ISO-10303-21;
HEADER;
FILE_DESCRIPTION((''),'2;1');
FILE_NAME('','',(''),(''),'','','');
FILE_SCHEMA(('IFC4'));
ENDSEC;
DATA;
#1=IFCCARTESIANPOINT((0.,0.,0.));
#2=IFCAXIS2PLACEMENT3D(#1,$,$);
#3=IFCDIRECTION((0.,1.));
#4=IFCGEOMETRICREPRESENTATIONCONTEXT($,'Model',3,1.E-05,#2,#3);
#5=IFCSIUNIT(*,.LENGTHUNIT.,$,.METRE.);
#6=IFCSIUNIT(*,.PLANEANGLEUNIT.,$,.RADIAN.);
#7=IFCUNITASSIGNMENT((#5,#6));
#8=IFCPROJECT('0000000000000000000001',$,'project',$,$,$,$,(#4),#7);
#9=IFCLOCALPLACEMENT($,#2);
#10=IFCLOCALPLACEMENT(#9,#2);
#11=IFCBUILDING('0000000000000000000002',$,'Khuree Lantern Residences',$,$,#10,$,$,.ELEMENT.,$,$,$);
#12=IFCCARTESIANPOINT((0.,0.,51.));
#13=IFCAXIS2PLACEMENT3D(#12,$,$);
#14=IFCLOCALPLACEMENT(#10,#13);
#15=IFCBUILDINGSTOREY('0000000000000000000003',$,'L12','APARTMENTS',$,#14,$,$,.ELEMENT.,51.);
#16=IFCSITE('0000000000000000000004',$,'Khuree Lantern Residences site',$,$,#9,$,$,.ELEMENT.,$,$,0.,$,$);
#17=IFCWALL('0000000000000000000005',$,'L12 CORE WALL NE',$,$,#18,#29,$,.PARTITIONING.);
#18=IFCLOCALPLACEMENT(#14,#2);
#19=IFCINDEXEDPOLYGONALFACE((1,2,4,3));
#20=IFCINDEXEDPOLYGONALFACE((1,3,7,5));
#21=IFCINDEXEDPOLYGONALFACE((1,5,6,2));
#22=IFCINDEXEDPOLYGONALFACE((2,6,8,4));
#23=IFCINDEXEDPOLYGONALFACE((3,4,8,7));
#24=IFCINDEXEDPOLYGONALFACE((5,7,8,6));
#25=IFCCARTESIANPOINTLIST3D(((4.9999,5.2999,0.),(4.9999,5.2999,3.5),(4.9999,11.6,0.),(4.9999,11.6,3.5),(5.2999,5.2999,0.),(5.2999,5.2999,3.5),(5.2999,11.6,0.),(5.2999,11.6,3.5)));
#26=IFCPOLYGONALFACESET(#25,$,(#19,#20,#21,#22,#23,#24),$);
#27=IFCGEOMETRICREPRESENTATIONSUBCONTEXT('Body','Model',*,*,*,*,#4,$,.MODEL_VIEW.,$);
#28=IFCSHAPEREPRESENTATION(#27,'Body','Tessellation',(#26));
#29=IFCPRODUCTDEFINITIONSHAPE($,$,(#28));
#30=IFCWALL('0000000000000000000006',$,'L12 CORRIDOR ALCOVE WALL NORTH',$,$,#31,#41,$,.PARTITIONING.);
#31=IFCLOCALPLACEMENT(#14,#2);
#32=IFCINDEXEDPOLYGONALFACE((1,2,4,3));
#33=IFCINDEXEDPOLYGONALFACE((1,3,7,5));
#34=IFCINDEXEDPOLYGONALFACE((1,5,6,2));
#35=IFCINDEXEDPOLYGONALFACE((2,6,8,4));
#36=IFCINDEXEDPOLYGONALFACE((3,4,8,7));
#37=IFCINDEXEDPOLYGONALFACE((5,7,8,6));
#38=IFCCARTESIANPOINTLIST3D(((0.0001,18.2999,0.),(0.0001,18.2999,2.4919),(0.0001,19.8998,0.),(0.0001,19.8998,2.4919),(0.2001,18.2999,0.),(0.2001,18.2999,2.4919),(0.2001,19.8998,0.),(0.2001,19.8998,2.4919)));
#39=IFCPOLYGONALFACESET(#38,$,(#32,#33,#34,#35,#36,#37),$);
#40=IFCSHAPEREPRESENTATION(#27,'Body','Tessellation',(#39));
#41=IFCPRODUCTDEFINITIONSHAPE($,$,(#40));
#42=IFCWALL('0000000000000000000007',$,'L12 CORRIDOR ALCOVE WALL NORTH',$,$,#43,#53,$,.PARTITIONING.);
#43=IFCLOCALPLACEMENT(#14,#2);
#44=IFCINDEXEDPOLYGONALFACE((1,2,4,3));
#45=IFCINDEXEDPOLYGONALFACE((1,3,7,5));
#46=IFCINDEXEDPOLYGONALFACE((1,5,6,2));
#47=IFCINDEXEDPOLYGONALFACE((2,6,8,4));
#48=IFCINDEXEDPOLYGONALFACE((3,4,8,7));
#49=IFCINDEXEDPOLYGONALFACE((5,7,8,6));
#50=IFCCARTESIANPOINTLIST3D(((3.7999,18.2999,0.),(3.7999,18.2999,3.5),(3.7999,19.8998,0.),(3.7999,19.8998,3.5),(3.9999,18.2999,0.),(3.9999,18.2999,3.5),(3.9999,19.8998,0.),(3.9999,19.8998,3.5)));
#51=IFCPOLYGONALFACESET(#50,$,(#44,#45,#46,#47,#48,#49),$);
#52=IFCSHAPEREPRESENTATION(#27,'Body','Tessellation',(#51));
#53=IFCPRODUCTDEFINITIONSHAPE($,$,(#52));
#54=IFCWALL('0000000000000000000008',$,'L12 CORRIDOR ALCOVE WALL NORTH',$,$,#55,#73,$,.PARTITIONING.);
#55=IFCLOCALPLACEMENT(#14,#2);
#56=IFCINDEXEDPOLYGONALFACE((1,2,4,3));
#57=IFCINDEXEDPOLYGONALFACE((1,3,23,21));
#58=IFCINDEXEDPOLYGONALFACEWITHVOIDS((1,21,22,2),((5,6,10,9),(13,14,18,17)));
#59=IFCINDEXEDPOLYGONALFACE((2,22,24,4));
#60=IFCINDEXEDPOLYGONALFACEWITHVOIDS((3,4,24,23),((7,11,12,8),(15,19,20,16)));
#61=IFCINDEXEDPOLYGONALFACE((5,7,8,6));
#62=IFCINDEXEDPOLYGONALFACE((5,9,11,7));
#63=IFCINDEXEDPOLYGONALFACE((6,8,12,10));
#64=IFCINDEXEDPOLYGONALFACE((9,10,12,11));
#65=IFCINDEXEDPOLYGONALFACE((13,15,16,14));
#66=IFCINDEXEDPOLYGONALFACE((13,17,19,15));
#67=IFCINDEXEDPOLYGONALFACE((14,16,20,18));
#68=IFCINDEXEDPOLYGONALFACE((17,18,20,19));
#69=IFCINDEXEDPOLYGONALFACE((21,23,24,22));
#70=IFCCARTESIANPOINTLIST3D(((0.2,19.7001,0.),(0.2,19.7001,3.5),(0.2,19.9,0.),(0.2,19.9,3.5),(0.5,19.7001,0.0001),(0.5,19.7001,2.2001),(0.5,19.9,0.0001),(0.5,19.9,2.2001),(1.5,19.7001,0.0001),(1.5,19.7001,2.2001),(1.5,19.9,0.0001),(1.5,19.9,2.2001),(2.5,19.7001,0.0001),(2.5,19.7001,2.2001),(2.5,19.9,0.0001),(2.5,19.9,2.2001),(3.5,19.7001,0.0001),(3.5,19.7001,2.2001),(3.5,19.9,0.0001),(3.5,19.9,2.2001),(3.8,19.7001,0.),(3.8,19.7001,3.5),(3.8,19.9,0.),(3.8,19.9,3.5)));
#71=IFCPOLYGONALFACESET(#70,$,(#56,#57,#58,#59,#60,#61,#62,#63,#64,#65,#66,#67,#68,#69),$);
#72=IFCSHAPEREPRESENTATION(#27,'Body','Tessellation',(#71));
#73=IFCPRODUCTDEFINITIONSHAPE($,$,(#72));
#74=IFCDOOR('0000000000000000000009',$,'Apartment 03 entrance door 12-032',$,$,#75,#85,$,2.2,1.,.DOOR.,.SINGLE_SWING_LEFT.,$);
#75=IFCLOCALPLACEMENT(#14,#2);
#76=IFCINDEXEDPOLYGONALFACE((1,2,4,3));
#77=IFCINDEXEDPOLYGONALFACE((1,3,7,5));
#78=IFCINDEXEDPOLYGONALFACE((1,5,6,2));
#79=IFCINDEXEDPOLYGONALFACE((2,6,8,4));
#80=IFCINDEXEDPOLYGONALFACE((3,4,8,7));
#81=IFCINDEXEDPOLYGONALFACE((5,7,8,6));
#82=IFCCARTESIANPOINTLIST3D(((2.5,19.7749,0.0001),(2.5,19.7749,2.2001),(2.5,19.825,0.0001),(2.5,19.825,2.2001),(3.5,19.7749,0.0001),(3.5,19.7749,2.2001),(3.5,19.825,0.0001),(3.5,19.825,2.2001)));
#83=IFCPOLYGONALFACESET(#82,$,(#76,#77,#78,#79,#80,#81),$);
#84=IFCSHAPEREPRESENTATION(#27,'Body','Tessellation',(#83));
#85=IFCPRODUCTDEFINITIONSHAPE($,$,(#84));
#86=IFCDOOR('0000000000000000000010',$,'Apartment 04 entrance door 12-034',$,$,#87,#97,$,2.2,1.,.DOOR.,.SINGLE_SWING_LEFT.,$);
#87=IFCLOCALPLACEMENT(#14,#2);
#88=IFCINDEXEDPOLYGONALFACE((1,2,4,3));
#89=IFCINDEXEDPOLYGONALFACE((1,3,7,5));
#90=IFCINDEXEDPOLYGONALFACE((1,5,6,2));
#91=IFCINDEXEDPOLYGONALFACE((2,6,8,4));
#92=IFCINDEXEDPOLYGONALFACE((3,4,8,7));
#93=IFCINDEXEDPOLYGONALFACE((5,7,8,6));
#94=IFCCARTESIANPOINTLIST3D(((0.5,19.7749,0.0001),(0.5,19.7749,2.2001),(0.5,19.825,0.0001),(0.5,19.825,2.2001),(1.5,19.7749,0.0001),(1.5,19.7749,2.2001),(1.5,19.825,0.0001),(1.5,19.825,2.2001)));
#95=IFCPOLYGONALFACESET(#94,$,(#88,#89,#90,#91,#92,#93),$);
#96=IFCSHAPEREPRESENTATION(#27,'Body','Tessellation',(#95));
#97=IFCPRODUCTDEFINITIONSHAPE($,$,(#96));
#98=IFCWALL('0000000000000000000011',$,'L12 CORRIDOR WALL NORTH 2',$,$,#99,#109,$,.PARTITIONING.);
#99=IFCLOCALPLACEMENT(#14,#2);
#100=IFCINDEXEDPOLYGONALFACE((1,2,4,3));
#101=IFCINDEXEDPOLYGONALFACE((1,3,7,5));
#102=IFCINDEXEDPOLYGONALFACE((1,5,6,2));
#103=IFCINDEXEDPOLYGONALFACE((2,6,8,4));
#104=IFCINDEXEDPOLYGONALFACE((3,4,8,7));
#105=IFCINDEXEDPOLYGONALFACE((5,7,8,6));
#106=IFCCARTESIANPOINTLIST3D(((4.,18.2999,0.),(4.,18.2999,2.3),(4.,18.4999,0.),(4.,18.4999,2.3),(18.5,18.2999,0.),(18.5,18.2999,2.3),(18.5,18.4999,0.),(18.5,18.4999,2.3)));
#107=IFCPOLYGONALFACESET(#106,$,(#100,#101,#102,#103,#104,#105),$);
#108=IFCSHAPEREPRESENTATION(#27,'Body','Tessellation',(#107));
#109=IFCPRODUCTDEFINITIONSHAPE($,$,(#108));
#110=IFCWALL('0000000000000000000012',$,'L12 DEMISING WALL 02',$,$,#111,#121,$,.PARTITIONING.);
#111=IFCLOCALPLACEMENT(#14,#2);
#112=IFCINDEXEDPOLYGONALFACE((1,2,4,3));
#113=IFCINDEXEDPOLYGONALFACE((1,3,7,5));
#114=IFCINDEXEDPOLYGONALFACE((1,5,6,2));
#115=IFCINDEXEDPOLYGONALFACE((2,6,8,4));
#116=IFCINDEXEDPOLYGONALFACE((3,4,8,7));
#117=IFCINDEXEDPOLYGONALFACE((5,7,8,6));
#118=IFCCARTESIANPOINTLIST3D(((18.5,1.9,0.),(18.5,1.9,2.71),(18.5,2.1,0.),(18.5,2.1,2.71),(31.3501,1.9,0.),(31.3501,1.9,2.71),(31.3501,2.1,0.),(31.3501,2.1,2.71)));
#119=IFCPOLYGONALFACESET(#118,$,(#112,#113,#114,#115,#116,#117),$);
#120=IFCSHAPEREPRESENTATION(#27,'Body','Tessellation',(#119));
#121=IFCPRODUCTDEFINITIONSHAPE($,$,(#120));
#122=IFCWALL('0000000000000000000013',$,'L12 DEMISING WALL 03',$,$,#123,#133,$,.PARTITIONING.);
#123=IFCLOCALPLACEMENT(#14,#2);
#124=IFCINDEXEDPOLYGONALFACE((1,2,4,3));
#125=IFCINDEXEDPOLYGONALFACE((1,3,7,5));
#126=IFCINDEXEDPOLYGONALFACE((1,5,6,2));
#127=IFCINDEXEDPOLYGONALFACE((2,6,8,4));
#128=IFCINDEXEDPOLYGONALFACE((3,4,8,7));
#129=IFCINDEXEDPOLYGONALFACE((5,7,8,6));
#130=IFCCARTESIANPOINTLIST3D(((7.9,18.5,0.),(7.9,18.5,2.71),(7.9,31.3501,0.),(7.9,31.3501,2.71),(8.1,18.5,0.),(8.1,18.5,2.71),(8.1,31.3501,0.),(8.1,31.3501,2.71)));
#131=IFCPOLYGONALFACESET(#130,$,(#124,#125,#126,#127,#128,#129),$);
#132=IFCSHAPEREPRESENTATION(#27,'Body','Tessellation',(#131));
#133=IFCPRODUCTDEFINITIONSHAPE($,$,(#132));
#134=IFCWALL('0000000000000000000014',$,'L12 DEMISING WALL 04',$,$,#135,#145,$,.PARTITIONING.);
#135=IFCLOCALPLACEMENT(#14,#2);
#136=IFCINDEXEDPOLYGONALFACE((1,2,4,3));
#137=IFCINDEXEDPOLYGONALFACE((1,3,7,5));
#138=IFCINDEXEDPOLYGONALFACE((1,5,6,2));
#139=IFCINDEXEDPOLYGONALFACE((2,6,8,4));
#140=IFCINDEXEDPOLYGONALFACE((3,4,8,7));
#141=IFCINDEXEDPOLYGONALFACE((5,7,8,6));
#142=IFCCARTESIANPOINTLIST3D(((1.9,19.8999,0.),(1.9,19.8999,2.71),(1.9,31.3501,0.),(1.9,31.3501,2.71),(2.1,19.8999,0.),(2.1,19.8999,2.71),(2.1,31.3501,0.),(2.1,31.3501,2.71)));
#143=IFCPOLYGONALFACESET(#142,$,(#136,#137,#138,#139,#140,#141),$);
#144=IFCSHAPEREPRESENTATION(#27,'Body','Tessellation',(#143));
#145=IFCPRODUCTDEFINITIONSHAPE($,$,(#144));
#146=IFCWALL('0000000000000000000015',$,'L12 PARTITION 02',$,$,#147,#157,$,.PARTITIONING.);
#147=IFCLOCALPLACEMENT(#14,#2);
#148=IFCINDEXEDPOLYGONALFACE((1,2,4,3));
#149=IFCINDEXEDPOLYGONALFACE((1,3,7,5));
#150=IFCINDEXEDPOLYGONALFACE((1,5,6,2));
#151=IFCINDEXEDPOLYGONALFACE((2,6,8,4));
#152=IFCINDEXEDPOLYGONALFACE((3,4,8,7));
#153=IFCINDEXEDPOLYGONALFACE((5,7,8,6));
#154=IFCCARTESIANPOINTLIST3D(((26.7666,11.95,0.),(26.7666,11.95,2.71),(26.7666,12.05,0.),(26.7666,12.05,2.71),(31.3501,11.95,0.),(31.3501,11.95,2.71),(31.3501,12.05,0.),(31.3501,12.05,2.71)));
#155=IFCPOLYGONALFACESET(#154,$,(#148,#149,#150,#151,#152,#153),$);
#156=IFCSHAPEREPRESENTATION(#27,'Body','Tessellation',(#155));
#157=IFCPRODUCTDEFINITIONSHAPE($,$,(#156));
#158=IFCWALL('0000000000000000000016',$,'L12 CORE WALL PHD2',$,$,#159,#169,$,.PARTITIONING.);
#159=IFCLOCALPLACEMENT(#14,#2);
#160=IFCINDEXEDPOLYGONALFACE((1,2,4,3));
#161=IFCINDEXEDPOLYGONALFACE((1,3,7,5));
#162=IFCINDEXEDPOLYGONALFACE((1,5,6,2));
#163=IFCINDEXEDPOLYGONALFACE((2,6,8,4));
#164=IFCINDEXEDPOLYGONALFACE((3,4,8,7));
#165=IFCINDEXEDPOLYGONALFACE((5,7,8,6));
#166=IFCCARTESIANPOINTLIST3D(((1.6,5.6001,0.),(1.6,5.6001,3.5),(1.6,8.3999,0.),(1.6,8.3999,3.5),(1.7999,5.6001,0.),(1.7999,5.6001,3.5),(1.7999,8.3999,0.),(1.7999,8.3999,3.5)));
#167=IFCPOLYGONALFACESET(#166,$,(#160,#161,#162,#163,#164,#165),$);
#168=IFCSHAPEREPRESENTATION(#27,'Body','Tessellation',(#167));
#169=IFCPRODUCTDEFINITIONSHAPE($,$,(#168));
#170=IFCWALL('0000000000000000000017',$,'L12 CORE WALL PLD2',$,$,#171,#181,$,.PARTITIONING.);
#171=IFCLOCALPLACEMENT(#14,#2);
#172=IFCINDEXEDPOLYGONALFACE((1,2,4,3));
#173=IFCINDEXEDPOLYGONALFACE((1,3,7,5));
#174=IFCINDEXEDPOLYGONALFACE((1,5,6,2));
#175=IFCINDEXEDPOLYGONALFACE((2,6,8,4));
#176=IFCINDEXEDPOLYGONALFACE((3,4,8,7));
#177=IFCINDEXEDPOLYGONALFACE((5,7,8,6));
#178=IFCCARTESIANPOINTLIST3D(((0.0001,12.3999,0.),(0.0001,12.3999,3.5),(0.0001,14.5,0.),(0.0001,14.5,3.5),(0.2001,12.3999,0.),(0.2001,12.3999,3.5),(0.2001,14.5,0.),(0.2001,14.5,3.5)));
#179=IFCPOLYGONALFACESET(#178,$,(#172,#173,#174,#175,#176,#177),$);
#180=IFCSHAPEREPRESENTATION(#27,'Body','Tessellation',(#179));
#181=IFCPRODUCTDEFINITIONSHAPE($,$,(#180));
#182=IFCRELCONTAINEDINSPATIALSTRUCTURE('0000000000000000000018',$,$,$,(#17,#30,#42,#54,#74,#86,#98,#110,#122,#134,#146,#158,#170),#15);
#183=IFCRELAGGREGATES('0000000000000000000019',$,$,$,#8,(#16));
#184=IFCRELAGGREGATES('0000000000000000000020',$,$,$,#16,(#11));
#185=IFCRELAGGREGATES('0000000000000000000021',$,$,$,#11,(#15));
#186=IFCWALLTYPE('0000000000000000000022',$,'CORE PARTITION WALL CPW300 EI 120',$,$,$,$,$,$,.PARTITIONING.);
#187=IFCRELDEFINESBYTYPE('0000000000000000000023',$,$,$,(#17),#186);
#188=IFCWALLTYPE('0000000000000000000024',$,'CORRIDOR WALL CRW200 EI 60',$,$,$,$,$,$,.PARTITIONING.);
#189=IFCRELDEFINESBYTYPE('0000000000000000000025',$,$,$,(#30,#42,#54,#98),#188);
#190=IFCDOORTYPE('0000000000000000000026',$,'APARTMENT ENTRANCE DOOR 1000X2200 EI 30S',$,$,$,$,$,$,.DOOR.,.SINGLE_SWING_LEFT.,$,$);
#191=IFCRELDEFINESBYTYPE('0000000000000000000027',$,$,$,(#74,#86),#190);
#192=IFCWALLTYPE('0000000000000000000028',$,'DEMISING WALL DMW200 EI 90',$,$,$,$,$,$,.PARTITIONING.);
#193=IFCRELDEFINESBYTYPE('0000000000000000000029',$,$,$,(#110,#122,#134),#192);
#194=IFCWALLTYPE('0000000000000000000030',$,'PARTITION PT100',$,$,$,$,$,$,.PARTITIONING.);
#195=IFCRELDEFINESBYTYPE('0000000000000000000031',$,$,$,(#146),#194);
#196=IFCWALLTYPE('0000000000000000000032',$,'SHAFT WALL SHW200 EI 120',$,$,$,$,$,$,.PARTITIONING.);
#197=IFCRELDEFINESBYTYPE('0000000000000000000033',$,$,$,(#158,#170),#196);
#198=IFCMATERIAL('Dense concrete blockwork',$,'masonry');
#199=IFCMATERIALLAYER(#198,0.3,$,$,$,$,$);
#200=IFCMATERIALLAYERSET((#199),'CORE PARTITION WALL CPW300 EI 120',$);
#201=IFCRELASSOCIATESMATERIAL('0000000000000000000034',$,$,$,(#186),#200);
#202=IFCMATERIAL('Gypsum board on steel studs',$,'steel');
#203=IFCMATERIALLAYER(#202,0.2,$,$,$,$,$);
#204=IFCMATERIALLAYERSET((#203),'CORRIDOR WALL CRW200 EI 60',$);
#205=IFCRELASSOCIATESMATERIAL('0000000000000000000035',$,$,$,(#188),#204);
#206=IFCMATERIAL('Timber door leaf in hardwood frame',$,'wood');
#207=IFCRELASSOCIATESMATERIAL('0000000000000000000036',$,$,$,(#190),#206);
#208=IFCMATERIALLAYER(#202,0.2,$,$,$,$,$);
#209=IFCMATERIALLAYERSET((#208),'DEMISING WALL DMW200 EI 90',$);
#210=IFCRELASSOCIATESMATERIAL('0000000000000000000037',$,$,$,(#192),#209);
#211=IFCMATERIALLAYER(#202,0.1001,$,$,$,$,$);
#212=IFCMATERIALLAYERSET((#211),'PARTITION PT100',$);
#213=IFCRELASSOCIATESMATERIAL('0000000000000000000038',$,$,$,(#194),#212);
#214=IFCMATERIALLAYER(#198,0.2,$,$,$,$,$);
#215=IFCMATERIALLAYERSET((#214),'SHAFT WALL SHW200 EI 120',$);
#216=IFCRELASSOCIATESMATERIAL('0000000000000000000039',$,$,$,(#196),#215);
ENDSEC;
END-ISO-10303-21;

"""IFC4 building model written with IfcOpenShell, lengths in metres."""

from ifc_helpers import new_model, si_unit, direction, frame, frame_2d, origin, place, context, subcontext, project, spatial, rectangle, extrude, material, layer, layer_set, type_object, element, fill, save


model = new_model("IFC4")

# Units and contexts
model_context = context("Model", 3, precision=1e-05, world=origin(), true_north=direction((0.0, 1.0)))
body_context = subcontext(model_context, "Body", "Model", "MODEL_VIEW")
ifc_project = project(units=[si_unit("LENGTHUNIT", "METRE"), si_unit("PLANEANGLEUNIT", "RADIAN")], contexts=[model_context])

# Site, building, storey
site_placement = place(None, origin())
site = spatial("IfcSite", under=ifc_project, at=site_placement, Name="Khuree Lantern Residences site", CompositionType="ELEMENT", RefElevation=0.0)
building_placement = place(site_placement, origin())
building = spatial("IfcBuilding", under=site, at=building_placement, Name="Khuree Lantern Residences", CompositionType="ELEMENT")
storey_placement = place(building_placement, frame((0.0, 0.0, 51.0)))
storey = spatial("IfcBuildingStorey", under=building, at=storey_placement, Name="L12", Description="APARTMENTS", CompositionType="ELEMENT", Elevation=51.0)

# Shared definitions
ifc_material_1 = material(Name="Timber door leaf in hardwood frame", Category="wood")

# Walls
ifc_material_2 = material(Name="Dense concrete blockwork", Category="masonry")
ifc_layer_1 = layer(ifc_material_2, 0.3)
ifc_layer_set_1 = layer_set([ifc_layer_1], Name="CORE PARTITION WALL CPW300 EI 120")
wall_type_1 = type_object("IfcWallType", Name="CORE PARTITION WALL CPW300 EI 120", PredefinedType="PARTITIONING", material=ifc_layer_set_1)
wall_1_placement = place(storey_placement, frame((5.1499, 5.3, 0.0), z_axis=(0.0, 0.0, 1.0), x_axis=(0.0, 1.0, 0.0)))
element("IfcWall", 1, at=wall_1_placement, inside=storey, type_object=wall_type_1, Name="L12 CORE WALL NE", PredefinedType="PARTITIONING", context=body_context, shape_type="SweptSolid", body=[
    extrude(rectangle(XDim=6.3, YDim=0.3, at=frame_2d((3.1499, 0.0))), origin(), (0.0, 0.0, 1.0), 3.5),
])
ifc_material_3 = material(Name="Gypsum board on steel studs", Category="steel")
ifc_layer_2 = layer(ifc_material_3, 0.2)
ifc_layer_set_2 = layer_set([ifc_layer_2], Name="CORRIDOR WALL CRW200 EI 60")
wall_type_2 = type_object("IfcWallType", Name="CORRIDOR WALL CRW200 EI 60", PredefinedType="PARTITIONING", material=ifc_layer_set_2)
wall_2_placement = place(storey_placement, frame((0.1001, 18.3, 0.0), z_axis=(0.0, 0.0, 1.0), x_axis=(0.0, 1.0, 0.0)))
element("IfcWall", 2, at=wall_2_placement, inside=storey, type_object=wall_type_2, Name="L12 CORRIDOR ALCOVE WALL NORTH", PredefinedType="PARTITIONING", context=body_context, shape_type="SweptSolid", body=[
    extrude(rectangle(XDim=1.5999, YDim=0.2, at=frame_2d((0.7998, 0.0))), origin(), (0.0, 0.0, 1.0), 2.4919),
])
wall_3_placement = place(storey_placement, frame((3.8999, 18.3, 0.0), z_axis=(0.0, 0.0, 1.0), x_axis=(0.0, 1.0, 0.0)))
element("IfcWall", 3, at=wall_3_placement, inside=storey, type_object=wall_type_2, Name="L12 CORRIDOR ALCOVE WALL NORTH", PredefinedType="PARTITIONING", context=body_context, shape_type="SweptSolid", body=[
    extrude(rectangle(XDim=1.5999, YDim=0.2, at=frame_2d((0.7998, 0.0))), origin(), (0.0, 0.0, 1.0), 3.5),
])

# Wall, openings, doors
wall_4_placement = place(storey_placement, frame((0.2, 19.8, 0.0), z_axis=(0.0, 0.0, 1.0), x_axis=(1.0, 0.0, 0.0)))
wall_4 = element("IfcWall", 4, at=wall_4_placement, inside=storey, type_object=wall_type_2, Name="L12 CORRIDOR ALCOVE WALL NORTH", PredefinedType="PARTITIONING", context=body_context, shape_type="SweptSolid", body=[
    extrude(rectangle(XDim=3.6001, YDim=0.2, at=frame_2d((1.8, 0.0))), origin(), (0.0, 0.0, 1.0), 3.5),
])
opening_1_placement = place(wall_4_placement, frame((2.3, 0.0, 0.0)))
opening_1 = element("IfcOpeningElement", 5, at=opening_1_placement, cuts=wall_4, PredefinedType="OPENING", context=body_context, shape_type="SweptSolid", body=[
    extrude(rectangle(XDim=1.0, YDim=2.2, at=frame_2d((0.5, 1.1001))), frame((0.0, 0.1099, 0.0), z_axis=(0.0, -1.0, 0.0), x_axis=(1.0, 0.0, 0.0)), (0.0, 0.0, 1.0), 0.22),
])
opening_2_placement = place(wall_4_placement, frame((0.3, 0.0, 0.0)))
opening_2 = element("IfcOpeningElement", 6, at=opening_2_placement, cuts=wall_4, PredefinedType="OPENING", context=body_context, shape_type="SweptSolid", body=[
    extrude(rectangle(XDim=1.0, YDim=2.2, at=frame_2d((0.5, 1.1001))), frame((0.0, 0.1099, 0.0), z_axis=(0.0, -1.0, 0.0), x_axis=(1.0, 0.0, 0.0)), (0.0, 0.0, 1.0), 0.22),
])
door_type_1 = type_object("IfcDoorType", Name="APARTMENT ENTRANCE DOOR 1000X2200 EI 30S", OperationType="SINGLE_SWING_LEFT", PredefinedType="DOOR", material=ifc_material_1)
door_1_placement = place(opening_1_placement, origin())
door_1 = element("IfcDoor", 7, at=door_1_placement, inside=storey, type_object=door_type_1, Name="Apartment 03 entrance door 12-032", OperationType="SINGLE_SWING_LEFT", OverallHeight=2.2, OverallWidth=1.0, PredefinedType="DOOR", context=body_context, shape_type="SweptSolid", body=[
    extrude(rectangle(XDim=1.0, YDim=2.2, at=frame_2d((0.5, 1.1001))), frame((0.0, 0.0249, 0.0), z_axis=(0.0, -1.0, 0.0), x_axis=(1.0, 0.0, 0.0)), (0.0, 0.0, 1.0), 0.05),
])
fill(opening_1, door_1)
door_2_placement = place(opening_2_placement, origin())
door_2 = element("IfcDoor", 8, at=door_2_placement, inside=storey, type_object=door_type_1, Name="Apartment 04 entrance door 12-034", OperationType="SINGLE_SWING_LEFT", OverallHeight=2.2, OverallWidth=1.0, PredefinedType="DOOR", context=body_context, shape_type="SweptSolid", body=[
    extrude(rectangle(XDim=1.0, YDim=2.2, at=frame_2d((0.5, 1.1001))), frame((0.0, 0.0249, 0.0), z_axis=(0.0, -1.0, 0.0), x_axis=(1.0, 0.0, 0.0)), (0.0, 0.0, 1.0), 0.05),
])
fill(opening_2, door_2)

# Walls
wall_5_placement = place(storey_placement, frame((4.0, 18.3999, 0.0), z_axis=(0.0, 0.0, 1.0), x_axis=(1.0, 0.0, 0.0)))
element("IfcWall", 9, at=wall_5_placement, inside=storey, type_object=wall_type_2, Name="L12 CORRIDOR WALL NORTH 2", PredefinedType="PARTITIONING", context=body_context, shape_type="SweptSolid", body=[
    extrude(rectangle(XDim=14.5, YDim=0.2, at=frame_2d((7.25, 0.0))), origin(), (0.0, 0.0, 1.0), 2.3),
])
ifc_layer_3 = layer(ifc_material_3, 0.2)
ifc_layer_set_3 = layer_set([ifc_layer_3], Name="DEMISING WALL DMW200 EI 90")
wall_type_3 = type_object("IfcWallType", Name="DEMISING WALL DMW200 EI 90", PredefinedType="PARTITIONING", material=ifc_layer_set_3)
for number, where, z_axis, x_axis, name in (
    (10, (18.5, 2.0, 0.0), (0.0, 0.0, 1.0), (1.0, 0.0, 0.0), "L12 DEMISING WALL 02"),
    (11, (8.0, 18.5, 0.0), (0.0, 0.0, 1.0), (0.0, 1.0, 0.0), "L12 DEMISING WALL 03"),
):
    element("IfcWall", number, at=place(storey_placement, frame(where, z_axis=z_axis, x_axis=x_axis)), inside=storey, type_object=wall_type_3, Name=name, PredefinedType="PARTITIONING", context=body_context, shape_type="SweptSolid", body=[
        extrude(rectangle(XDim=12.8501, YDim=0.2, at=frame_2d((6.425, 0.0))), origin(), (0.0, 0.0, 1.0), 2.71),
    ])
wall_6_placement = place(storey_placement, frame((2.0, 19.8999, 0.0), z_axis=(0.0, 0.0, 1.0), x_axis=(0.0, 1.0, 0.0)))
element("IfcWall", 12, at=wall_6_placement, inside=storey, type_object=wall_type_3, Name="L12 DEMISING WALL 04", PredefinedType="PARTITIONING", context=body_context, shape_type="SweptSolid", body=[
    extrude(rectangle(XDim=11.4502, YDim=0.2, at=frame_2d((5.7251, 0.0))), origin(), (0.0, 0.0, 1.0), 2.71),
])
ifc_layer_4 = layer(ifc_material_3, 0.1001)
ifc_layer_set_4 = layer_set([ifc_layer_4], Name="PARTITION PT100")
wall_type_4 = type_object("IfcWallType", Name="PARTITION PT100", PredefinedType="PARTITIONING", material=ifc_layer_set_4)
wall_7_placement = place(storey_placement, frame((26.7666, 12.0, 0.0), z_axis=(0.0, 0.0, 1.0), x_axis=(1.0, 0.0, 0.0)))
element("IfcWall", 13, at=wall_7_placement, inside=storey, type_object=wall_type_4, Name="L12 PARTITION 02", PredefinedType="PARTITIONING", context=body_context, shape_type="SweptSolid", body=[
    extrude(rectangle(XDim=4.5835, YDim=0.1001, at=frame_2d((2.2917, 0.0))), origin(), (0.0, 0.0, 1.0), 2.71),
])
ifc_layer_5 = layer(ifc_material_2, 0.2)
ifc_layer_set_5 = layer_set([ifc_layer_5], Name="SHAFT WALL SHW200 EI 120")
wall_type_5 = type_object("IfcWallType", Name="SHAFT WALL SHW200 EI 120", PredefinedType="PARTITIONING", material=ifc_layer_set_5)
wall_8_placement = place(storey_placement, frame((1.7, 5.6001, 0.0), z_axis=(0.0, 0.0, 1.0), x_axis=(0.0, 1.0, 0.0)))
element("IfcWall", 14, at=wall_8_placement, inside=storey, type_object=wall_type_5, Name="L12 CORE WALL PHD2", PredefinedType="PARTITIONING", context=body_context, shape_type="SweptSolid", body=[
    extrude(rectangle(XDim=2.7998, YDim=0.2, at=frame_2d((1.3999, 0.0))), origin(), (0.0, 0.0, 1.0), 3.5),
])
wall_9_placement = place(storey_placement, frame((0.1001, 12.3999, 0.0), z_axis=(0.0, 0.0, 1.0), x_axis=(0.0, 1.0, 0.0)))
element("IfcWall", 15, at=wall_9_placement, inside=storey, type_object=wall_type_5, Name="L12 CORE WALL PLD2", PredefinedType="PARTITIONING", context=body_context, shape_type="SweptSolid", body=[
    extrude(rectangle(XDim=2.1001, YDim=0.2, at=frame_2d((1.05, 0.0))), origin(), (0.0, 0.0, 1.0), 3.5),
])

save(model, "model.ifc")
